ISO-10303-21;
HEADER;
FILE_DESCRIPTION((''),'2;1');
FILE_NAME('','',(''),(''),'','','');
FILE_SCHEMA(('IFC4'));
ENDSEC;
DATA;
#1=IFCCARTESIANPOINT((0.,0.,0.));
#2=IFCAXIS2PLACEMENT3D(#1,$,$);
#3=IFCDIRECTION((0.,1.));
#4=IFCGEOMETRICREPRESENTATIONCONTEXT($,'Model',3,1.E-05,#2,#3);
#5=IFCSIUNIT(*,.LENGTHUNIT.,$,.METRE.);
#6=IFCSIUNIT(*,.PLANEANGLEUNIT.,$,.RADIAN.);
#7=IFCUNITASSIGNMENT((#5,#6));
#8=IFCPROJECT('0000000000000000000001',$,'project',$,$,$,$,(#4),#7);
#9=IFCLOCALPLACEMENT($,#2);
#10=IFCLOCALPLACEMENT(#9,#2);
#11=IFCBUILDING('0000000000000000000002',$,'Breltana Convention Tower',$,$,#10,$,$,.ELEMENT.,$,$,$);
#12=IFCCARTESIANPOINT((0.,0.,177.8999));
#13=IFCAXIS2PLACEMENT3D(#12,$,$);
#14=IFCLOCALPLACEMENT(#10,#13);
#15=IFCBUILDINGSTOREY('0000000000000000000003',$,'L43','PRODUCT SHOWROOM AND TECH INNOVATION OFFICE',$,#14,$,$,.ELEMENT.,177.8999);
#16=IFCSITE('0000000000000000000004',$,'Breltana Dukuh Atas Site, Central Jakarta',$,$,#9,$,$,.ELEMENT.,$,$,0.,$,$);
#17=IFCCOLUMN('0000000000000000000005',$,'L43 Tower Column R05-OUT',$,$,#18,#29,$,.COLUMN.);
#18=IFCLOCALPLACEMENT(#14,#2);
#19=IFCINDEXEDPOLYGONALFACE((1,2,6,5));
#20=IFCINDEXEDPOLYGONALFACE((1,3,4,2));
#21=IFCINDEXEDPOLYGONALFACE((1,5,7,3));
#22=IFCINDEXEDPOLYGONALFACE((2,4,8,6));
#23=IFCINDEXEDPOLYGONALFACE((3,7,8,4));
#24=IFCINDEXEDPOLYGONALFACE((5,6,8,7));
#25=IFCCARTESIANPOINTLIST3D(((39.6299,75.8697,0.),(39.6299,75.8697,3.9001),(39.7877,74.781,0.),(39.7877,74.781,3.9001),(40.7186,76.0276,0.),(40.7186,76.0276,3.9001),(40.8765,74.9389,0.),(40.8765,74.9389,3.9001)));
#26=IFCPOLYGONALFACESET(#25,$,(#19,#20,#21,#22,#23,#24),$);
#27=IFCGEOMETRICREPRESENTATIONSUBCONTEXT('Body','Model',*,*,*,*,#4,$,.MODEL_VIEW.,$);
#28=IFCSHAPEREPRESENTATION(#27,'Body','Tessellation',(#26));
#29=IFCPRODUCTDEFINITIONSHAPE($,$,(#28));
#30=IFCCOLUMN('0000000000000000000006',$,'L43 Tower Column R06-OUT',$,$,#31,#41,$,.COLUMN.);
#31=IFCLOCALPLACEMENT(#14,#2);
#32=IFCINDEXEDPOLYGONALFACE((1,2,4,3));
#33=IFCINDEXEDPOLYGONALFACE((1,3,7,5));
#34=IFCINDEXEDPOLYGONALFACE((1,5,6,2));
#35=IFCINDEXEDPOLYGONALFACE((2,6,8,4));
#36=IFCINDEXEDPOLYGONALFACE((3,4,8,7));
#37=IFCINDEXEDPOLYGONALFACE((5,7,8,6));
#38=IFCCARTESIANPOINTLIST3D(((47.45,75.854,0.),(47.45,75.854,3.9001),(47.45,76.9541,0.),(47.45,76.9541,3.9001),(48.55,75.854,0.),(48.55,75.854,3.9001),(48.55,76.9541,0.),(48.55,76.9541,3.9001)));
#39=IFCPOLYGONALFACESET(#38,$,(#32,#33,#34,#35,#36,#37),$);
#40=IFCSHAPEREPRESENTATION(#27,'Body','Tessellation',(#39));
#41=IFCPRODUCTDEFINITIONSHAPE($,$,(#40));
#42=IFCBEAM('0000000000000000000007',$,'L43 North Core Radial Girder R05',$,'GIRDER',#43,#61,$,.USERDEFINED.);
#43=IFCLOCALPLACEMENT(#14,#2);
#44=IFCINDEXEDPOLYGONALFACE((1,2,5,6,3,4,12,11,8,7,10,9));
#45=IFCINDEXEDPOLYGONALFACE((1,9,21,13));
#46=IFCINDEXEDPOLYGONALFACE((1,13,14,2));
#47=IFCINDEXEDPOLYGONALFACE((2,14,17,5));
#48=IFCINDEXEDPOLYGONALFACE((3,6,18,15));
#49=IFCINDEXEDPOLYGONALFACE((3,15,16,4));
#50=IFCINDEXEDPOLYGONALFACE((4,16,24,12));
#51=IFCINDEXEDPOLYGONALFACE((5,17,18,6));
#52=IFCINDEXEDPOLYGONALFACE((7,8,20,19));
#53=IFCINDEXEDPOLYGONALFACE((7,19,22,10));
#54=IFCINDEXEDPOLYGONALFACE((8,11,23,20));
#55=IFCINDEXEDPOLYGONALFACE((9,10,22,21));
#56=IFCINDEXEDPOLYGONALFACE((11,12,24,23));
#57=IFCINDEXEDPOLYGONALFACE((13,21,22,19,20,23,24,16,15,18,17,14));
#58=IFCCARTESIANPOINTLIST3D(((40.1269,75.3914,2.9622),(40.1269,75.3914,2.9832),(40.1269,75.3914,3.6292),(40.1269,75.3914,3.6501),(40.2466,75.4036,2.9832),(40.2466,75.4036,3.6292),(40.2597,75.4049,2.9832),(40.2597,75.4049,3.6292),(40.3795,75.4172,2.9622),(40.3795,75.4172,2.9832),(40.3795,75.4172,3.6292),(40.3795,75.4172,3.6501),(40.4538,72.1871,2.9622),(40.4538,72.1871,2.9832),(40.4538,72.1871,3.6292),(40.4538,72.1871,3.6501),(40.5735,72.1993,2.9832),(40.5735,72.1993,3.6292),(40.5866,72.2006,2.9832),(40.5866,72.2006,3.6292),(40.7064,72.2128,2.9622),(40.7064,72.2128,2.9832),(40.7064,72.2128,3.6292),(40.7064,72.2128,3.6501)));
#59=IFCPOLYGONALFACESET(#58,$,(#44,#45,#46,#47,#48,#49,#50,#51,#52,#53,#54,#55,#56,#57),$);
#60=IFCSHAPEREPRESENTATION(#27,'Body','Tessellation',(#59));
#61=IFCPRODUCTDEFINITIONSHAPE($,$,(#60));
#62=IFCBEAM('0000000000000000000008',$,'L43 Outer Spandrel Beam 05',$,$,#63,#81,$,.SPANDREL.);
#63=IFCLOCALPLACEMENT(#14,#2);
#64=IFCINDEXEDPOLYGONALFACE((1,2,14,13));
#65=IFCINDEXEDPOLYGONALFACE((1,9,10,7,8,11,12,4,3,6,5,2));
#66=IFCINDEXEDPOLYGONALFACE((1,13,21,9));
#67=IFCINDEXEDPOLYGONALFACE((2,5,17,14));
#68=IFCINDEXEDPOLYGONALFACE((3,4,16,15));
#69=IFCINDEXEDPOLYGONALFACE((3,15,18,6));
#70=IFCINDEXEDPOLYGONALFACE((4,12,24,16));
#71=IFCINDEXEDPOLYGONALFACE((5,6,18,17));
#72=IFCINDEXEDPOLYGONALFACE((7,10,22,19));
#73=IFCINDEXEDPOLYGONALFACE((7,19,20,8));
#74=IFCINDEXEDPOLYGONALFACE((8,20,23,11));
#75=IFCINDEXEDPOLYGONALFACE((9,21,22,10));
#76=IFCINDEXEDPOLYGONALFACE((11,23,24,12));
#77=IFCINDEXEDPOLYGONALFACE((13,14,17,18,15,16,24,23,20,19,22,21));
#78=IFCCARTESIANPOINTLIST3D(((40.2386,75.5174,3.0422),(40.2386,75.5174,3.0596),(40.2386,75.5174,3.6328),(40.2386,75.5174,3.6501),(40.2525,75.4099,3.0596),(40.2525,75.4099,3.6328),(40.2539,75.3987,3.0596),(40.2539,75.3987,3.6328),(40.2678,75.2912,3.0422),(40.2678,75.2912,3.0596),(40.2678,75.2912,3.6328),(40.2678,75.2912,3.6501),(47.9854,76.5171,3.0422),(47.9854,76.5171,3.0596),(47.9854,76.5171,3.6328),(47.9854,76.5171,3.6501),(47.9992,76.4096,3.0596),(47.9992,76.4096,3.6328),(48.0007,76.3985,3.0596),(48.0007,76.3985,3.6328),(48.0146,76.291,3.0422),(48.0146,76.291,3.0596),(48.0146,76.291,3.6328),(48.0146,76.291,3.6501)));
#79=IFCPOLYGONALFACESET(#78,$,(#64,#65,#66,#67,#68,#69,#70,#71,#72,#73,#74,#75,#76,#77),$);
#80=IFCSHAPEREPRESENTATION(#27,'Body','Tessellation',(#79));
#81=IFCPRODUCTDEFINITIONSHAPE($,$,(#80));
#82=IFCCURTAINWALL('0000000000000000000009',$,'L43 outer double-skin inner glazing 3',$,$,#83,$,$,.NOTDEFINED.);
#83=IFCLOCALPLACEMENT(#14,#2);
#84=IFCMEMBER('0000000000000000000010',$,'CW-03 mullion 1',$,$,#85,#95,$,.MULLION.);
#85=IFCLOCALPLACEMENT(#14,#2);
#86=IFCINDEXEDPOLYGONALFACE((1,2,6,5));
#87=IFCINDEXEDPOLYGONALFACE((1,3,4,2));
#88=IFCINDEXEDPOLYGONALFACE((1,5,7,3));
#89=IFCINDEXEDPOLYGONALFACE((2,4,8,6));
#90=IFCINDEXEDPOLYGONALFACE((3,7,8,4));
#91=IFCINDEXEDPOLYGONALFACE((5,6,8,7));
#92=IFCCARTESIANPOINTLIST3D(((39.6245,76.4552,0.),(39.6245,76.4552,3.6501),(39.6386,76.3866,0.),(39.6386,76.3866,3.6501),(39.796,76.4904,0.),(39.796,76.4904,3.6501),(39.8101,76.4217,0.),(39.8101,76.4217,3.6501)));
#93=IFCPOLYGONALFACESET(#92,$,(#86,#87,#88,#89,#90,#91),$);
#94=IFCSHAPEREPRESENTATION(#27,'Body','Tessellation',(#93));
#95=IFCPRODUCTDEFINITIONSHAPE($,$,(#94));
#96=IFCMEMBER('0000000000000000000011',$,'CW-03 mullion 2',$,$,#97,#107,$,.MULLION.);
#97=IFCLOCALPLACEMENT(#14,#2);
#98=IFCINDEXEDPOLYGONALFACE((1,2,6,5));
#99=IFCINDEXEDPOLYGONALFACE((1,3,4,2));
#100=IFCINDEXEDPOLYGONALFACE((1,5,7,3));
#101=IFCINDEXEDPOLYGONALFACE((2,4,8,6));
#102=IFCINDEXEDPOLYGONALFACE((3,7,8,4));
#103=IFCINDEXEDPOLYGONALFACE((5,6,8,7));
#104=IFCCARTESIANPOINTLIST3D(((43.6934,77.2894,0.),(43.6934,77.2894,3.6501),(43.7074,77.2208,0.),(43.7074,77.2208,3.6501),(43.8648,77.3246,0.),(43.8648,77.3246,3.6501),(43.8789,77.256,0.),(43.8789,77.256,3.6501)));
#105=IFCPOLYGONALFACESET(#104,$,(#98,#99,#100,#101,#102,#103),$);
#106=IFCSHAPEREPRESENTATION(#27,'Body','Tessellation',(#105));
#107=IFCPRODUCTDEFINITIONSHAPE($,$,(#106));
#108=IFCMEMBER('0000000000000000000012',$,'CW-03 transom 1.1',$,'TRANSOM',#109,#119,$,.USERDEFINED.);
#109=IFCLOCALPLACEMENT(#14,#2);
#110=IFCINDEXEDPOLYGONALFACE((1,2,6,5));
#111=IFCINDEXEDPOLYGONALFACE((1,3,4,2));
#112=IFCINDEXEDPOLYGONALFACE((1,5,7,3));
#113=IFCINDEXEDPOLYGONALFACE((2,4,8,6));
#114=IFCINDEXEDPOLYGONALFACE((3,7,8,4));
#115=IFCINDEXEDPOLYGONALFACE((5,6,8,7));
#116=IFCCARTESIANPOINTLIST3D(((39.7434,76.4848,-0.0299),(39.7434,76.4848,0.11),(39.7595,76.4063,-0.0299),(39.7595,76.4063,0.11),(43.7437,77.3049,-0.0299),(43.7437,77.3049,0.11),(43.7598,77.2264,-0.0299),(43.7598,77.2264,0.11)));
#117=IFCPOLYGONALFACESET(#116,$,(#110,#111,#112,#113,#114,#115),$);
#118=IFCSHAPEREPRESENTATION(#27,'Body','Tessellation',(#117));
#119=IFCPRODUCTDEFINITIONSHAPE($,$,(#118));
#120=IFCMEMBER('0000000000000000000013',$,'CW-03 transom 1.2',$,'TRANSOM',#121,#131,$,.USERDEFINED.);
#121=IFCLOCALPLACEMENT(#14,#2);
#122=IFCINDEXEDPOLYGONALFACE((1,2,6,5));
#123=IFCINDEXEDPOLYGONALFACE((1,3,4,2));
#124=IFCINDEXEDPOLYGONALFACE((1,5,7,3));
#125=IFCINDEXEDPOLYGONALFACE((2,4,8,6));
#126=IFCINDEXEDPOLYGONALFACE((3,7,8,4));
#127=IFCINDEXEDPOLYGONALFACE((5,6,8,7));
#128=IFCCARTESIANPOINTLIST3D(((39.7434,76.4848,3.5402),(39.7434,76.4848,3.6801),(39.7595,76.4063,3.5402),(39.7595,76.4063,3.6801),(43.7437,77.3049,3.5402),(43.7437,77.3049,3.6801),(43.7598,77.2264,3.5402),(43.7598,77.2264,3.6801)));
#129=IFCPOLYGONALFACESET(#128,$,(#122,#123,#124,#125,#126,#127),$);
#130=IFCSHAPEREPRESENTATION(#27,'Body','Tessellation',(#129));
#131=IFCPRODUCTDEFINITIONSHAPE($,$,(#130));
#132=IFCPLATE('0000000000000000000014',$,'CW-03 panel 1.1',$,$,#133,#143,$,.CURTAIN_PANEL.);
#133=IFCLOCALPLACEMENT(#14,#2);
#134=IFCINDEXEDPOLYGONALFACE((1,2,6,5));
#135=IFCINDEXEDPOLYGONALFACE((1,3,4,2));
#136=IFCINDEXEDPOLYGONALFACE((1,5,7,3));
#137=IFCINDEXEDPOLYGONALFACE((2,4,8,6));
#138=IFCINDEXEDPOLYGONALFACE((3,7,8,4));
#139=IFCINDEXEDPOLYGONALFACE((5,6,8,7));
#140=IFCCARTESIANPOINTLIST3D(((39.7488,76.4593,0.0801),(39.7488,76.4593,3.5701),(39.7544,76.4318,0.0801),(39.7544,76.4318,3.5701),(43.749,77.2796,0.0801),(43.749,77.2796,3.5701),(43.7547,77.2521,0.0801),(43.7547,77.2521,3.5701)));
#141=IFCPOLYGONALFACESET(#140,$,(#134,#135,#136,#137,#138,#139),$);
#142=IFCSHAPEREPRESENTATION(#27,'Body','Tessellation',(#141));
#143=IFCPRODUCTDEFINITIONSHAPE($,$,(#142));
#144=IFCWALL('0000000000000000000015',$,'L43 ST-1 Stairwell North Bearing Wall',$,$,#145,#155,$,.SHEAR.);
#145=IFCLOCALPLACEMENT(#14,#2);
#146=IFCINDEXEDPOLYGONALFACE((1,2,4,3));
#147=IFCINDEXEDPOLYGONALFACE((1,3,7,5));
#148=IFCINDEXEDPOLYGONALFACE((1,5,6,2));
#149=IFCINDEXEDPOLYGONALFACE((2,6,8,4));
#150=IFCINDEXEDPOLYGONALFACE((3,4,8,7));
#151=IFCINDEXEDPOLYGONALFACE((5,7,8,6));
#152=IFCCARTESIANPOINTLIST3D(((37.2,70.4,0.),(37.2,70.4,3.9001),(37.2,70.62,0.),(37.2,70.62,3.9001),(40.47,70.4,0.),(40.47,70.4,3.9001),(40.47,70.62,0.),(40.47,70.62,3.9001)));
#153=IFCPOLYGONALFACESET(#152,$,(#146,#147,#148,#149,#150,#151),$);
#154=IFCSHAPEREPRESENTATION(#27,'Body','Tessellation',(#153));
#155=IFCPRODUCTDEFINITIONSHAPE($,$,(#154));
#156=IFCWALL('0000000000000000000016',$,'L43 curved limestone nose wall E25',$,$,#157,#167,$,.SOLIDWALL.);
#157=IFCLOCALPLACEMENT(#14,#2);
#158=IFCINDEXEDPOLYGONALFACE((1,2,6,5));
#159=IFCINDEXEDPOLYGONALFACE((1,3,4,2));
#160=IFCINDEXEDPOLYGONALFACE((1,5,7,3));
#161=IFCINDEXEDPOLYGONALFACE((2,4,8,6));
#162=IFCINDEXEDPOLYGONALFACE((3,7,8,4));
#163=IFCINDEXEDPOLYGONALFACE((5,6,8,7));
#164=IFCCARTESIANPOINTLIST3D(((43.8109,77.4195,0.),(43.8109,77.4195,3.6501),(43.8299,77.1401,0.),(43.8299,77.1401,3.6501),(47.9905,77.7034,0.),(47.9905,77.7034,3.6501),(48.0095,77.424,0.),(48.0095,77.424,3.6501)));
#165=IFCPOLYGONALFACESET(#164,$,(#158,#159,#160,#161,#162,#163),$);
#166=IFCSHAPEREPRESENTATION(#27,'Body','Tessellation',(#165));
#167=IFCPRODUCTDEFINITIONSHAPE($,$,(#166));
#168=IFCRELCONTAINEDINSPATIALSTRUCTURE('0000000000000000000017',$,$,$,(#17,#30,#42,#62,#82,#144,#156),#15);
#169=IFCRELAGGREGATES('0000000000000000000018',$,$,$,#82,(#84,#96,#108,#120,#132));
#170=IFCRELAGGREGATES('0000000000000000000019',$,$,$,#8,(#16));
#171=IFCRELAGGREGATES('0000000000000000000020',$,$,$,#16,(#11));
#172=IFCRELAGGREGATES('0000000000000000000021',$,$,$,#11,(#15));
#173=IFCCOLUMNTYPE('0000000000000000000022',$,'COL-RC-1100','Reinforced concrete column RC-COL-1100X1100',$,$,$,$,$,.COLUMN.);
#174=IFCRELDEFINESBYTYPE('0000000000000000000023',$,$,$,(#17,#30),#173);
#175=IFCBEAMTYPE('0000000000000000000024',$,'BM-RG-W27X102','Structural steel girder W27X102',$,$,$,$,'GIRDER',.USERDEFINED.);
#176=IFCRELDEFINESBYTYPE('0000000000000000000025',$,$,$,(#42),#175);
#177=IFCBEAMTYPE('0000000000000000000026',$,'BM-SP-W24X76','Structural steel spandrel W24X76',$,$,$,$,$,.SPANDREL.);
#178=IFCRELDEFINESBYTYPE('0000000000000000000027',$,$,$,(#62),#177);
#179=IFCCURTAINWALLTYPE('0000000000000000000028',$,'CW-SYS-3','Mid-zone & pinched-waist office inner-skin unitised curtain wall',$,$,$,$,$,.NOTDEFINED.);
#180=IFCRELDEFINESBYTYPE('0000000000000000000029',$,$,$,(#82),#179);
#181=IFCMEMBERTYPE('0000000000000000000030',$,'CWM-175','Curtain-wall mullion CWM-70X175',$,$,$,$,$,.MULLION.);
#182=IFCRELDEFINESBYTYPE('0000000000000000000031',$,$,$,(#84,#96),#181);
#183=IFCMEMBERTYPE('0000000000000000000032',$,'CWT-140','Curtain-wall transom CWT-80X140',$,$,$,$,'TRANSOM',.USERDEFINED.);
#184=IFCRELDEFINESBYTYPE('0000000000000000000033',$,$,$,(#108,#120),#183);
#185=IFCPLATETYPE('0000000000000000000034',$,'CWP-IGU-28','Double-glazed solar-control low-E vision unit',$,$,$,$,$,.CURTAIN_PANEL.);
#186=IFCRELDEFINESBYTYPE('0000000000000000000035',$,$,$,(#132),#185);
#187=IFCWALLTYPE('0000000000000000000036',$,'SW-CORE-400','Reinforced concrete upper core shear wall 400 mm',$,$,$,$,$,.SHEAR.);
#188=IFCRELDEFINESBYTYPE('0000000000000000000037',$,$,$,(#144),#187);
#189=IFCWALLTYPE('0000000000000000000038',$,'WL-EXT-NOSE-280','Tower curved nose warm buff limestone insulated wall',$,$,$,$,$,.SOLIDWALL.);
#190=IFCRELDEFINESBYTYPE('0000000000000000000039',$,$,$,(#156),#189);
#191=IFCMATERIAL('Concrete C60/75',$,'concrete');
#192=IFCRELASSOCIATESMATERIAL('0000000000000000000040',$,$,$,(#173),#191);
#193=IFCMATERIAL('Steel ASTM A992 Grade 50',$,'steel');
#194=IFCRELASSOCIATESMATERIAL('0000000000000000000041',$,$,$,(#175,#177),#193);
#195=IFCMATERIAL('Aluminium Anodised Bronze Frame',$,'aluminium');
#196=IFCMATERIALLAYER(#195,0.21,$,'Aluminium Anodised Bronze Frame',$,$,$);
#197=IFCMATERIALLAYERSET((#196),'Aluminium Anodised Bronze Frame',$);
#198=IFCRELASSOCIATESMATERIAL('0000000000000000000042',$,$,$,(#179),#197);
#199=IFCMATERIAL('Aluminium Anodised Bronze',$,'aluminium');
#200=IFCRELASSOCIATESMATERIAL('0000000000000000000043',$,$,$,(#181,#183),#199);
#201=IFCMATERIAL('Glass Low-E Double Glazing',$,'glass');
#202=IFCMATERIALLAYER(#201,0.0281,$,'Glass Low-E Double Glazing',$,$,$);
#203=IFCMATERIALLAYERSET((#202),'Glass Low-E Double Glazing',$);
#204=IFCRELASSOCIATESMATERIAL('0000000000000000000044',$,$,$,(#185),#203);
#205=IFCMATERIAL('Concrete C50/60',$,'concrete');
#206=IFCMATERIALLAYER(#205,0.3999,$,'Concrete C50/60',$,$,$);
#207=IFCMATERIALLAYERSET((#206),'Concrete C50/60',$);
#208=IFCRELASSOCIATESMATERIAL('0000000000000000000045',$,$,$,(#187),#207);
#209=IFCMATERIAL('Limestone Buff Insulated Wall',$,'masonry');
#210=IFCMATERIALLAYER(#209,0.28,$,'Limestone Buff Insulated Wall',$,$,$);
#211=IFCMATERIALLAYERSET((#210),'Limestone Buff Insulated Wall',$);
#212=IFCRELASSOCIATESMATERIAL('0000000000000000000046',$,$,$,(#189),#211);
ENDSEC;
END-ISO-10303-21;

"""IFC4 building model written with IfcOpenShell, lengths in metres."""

from ifc_helpers import new_model, si_unit, direction, frame, frame_2d, origin, origin_2d, place, context, subcontext, project, spatial, rectangle, i_section, extrude, source, transform, mapped, material, layer, layer_set, material_profile, profile_set, type_object, element, aggregate, save


model = new_model("IFC4")

# Units and contexts
model_context = context("Model", 3, precision=1e-05, world=origin(), true_north=direction((0.0, 1.0)))
body_context = subcontext(model_context, "Body", "Model", "MODEL_VIEW")
ifc_project = project(units=[si_unit("LENGTHUNIT", "METRE"), si_unit("PLANEANGLEUNIT", "RADIAN")], contexts=[model_context])

# Site, building, storey
site_placement = place(None, origin())
site = spatial("IfcSite", under=ifc_project, at=site_placement, Name="Breltana Dukuh Atas Site, Central Jakarta", CompositionType="ELEMENT", RefElevation=0.0)
building_placement = place(site_placement, origin())
building = spatial("IfcBuilding", under=site, at=building_placement, Name="Breltana Convention Tower", CompositionType="ELEMENT")
storey_placement = place(building_placement, frame((0.0, 0.0, 177.8999)))
storey = spatial("IfcBuildingStorey", under=building, at=storey_placement, Name="L43", Description="PRODUCT SHOWROOM AND TECH INNOVATION OFFICE", CompositionType="ELEMENT", Elevation=177.8999)

# Columns
ifc_material_1 = material(Name="Concrete C60/75", Category="concrete")
ifc_material_profile_1 = material_profile(ifc_material_1, rectangle(XDim=1.1001, YDim=1.1001, at=origin_2d()), Name="RC-COL-1100X1100")
ifc_profile_set_1 = profile_set([ifc_material_profile_1], Name="Concrete C60/75")
column_type = type_object("IfcColumnType", Name="COL-RC-1100", Description="Reinforced concrete column RC-COL-1100X1100", PredefinedType="COLUMN", material=ifc_profile_set_1)
shared_shape_1 = source(origin(), body_context, "Body", "SweptSolid", [
    extrude(rectangle(XDim=1.1001, YDim=1.1001, at=origin_2d()), origin(), (0.0, 0.0, 1.0), 3.9001),
])
for number, where, z_axis, x_axis, name in (
    (1, (40.2532, 75.4043, 0.0), (0.0, 0.0, 1.0), (-0.143493, 0.989651, 0.0), "L43 Tower Column R05-OUT"),
    (2, (48.0, 76.4041, 0.0), (0.0, 0.0, 1.0), (0.0, 1.0, 0.0), "L43 Tower Column R06-OUT"),
):
    element("IfcColumn", number, at=place(storey_placement, frame(where, z_axis=z_axis, x_axis=x_axis)), inside=storey, type_object=column_type, Name=name, PredefinedType="COLUMN", context=body_context, shape_type="MappedRepresentation", body=[
        mapped(shared_shape_1, transform((0.0, 0.0, 0.0), scale=1.0)),
    ])

# Beams
ifc_material_2 = material(Name="Steel ASTM A992 Grade 50", Category="steel")
ifc_material_profile_2 = material_profile(ifc_material_2, i_section(OverallWidth=0.2539, OverallDepth=0.688, WebThickness=0.0132, FlangeThickness=0.021, at=origin_2d()), Name="W27X102")
ifc_profile_set_2 = profile_set([ifc_material_profile_2], Name="Steel ASTM A992 Grade 50")
beam_type_1 = type_object("IfcBeamType", Name="BM-RG-W27X102", Description="Structural steel girder W27X102", ElementType="GIRDER", PredefinedType="USERDEFINED", material=ifc_profile_set_2)
shared_shape_2 = source(origin(), body_context, "Body", "SweptSolid", [
    extrude(i_section(OverallWidth=0.2539, OverallDepth=0.688, WebThickness=0.0132, FlangeThickness=0.021, at=origin_2d()), origin(), (0.0, 0.0, 1.0), 3.2209),
])
beam_1_placement = place(storey_placement, frame((40.5801, 72.2, 3.3062), z_axis=(-0.101492, 0.994836, 0.0), x_axis=(-0.994836, -0.101492, 0.0)))
element("IfcBeam", 3, at=beam_1_placement, inside=storey, type_object=beam_type_1, Name="L43 North Core Radial Girder R05", ObjectType="GIRDER", PredefinedType="USERDEFINED", context=body_context, shape_type="MappedRepresentation", body=[
    mapped(shared_shape_2, transform((0.0, 0.0, 0.0), scale=1.0)),
])
ifc_material_profile_3 = material_profile(ifc_material_2, i_section(OverallWidth=0.228, OverallDepth=0.6079, WebThickness=0.0112, FlangeThickness=0.0173, at=origin_2d()), Name="W24X76")
ifc_profile_set_3 = profile_set([ifc_material_profile_3], Name="Steel ASTM A992 Grade 50")
beam_type_2 = type_object("IfcBeamType", Name="BM-SP-W24X76", Description="Structural steel spandrel W24X76", PredefinedType="SPANDREL", material=ifc_profile_set_3)
shared_shape_3 = source(origin(), body_context, "Body", "SweptSolid", [
    extrude(i_section(OverallWidth=0.228, OverallDepth=0.6079, WebThickness=0.0112, FlangeThickness=0.0173, at=origin_2d()), origin(), (0.0, 0.0, 1.0), 7.811),
])
beam_2_placement = place(storey_placement, frame((40.2532, 75.4043, 3.3462), z_axis=(0.991775, 0.127992, 0.0), x_axis=(-0.127992, 0.991775, 0.0)))
element("IfcBeam", 4, at=beam_2_placement, inside=storey, type_object=beam_type_2, Name="L43 Outer Spandrel Beam 05", PredefinedType="SPANDREL", context=body_context, shape_type="MappedRepresentation", body=[
    mapped(shared_shape_3, transform((0.0, 0.0, 0.0), scale=1.0)),
])

# Curtain wall, members, plate
ifc_material_3 = material(Name="Aluminium Anodised Bronze Frame", Category="aluminium")
ifc_layer_1 = layer(ifc_material_3, 0.21, Name="Aluminium Anodised Bronze Frame")
ifc_layer_set_1 = layer_set([ifc_layer_1], Name="Aluminium Anodised Bronze Frame")
curtain_wall_type = type_object("IfcCurtainWallType", Name="CW-SYS-3", Description="Mid-zone & pinched-waist office inner-skin unitised curtain wall", PredefinedType="NOTDEFINED", material=ifc_layer_set_1)
curtain_wall_placement = place(storey_placement, origin())
curtain_wall = element("IfcCurtainWall", 5, at=curtain_wall_placement, inside=storey, type_object=curtain_wall_type, Name="L43 outer double-skin inner glazing 3", PredefinedType="NOTDEFINED")
ifc_material_4 = material(Name="Aluminium Anodised Bronze", Category="aluminium")
ifc_material_profile_4 = material_profile(ifc_material_4, rectangle(XDim=0.0701, YDim=0.175, at=origin_2d()), Name="CWM-70X175")
ifc_profile_set_4 = profile_set([ifc_material_profile_4], Name="Aluminium Anodised Bronze")
member_type_1 = type_object("IfcMemberType", Name="CWM-175", Description="Curtain-wall mullion CWM-70X175", PredefinedType="MULLION", material=ifc_profile_set_4)
shared_shape_4 = source(origin(), body_context, "Body", "SweptSolid", [
    extrude(rectangle(XDim=0.0701, YDim=0.175, at=origin_2d()), origin(), (0.0, 0.0, 1.0), 3.6501),
])
member_1_placement = place(storey_placement, frame((39.7173, 76.4385, 0.0), z_axis=(0.0, 0.0, 1.0), x_axis=(-0.200877, 0.979617, 0.0)))
member_1 = element("IfcMember", 6, at=member_1_placement, type_object=member_type_1, Name="CW-03 mullion 1", PredefinedType="MULLION", context=body_context, shape_type="MappedRepresentation", body=[
    mapped(shared_shape_4, transform((0.0, 0.0, 0.0), scale=1.0)),
])
member_2_placement = place(storey_placement, frame((43.7861, 77.2727, 0.0), z_axis=(0.0, 0.0, 1.0), x_axis=(-0.200877, 0.979617, 0.0)))
member_2 = element("IfcMember", 7, at=member_2_placement, type_object=member_type_1, Name="CW-03 mullion 2", PredefinedType="MULLION", context=body_context, shape_type="MappedRepresentation", body=[
    mapped(shared_shape_4, transform((0.0, 0.0, 0.0), scale=1.0)),
])
ifc_material_profile_5 = material_profile(ifc_material_4, rectangle(XDim=0.0801, YDim=0.1399, at=origin_2d()), Name="CWT-80X140")
ifc_profile_set_5 = profile_set([ifc_material_profile_5], Name="Aluminium Anodised Bronze")
member_type_2 = type_object("IfcMemberType", Name="CWT-140", Description="Curtain-wall transom CWT-80X140", ElementType="TRANSOM", PredefinedType="USERDEFINED", material=ifc_profile_set_5)
shared_shape_5 = source(origin(), body_context, "Body", "SweptSolid", [
    extrude(rectangle(XDim=0.0801, YDim=0.1399, at=origin_2d()), origin(), (0.0, 0.0, 1.0), 4.0835),
])
member_3_placement = place(storey_placement, frame((39.7515, 76.4456, 0.04), z_axis=(0.979627, 0.200828, 0.0), x_axis=(-0.200828, 0.979627, 0.0)))
member_3 = element("IfcMember", 8, at=member_3_placement, type_object=member_type_2, Name="CW-03 transom 1.1", ObjectType="TRANSOM", PredefinedType="USERDEFINED", context=body_context, shape_type="MappedRepresentation", body=[
    mapped(shared_shape_5, transform((0.0, 0.0, 0.0), scale=1.0)),
])
member_4_placement = place(storey_placement, frame((39.7515, 76.4456, 3.6101), z_axis=(0.979627, 0.200828, 0.0), x_axis=(-0.200828, 0.979627, 0.0)))
member_4 = element("IfcMember", 9, at=member_4_placement, type_object=member_type_2, Name="CW-03 transom 1.2", ObjectType="TRANSOM", PredefinedType="USERDEFINED", context=body_context, shape_type="MappedRepresentation", body=[
    mapped(shared_shape_5, transform((0.0, 0.0, 0.0), scale=1.0)),
])
ifc_material_5 = material(Name="Glass Low-E Double Glazing", Category="glass")
ifc_layer_2 = layer(ifc_material_5, 0.0281, Name="Glass Low-E Double Glazing")
ifc_layer_set_2 = layer_set([ifc_layer_2], Name="Glass Low-E Double Glazing")
plate_type = type_object("IfcPlateType", Name="CWP-IGU-28", Description="Double-glazed solar-control low-E vision unit", PredefinedType="CURTAIN_PANEL", material=ifc_layer_set_2)
shared_shape_6 = source(origin(), body_context, "Body", "SweptSolid", [
    extrude(rectangle(XDim=4.0835, YDim=0.0281, at=origin_2d()), origin(), (0.0, 0.0, 1.0), 3.49),
])
plate_placement = place(storey_placement, frame((41.7517, 76.8557, 0.0801), z_axis=(0.0, 0.0, 1.0), x_axis=(0.979617, 0.200877, 0.0)))
plate = element("IfcPlate", 10, at=plate_placement, type_object=plate_type, Name="CW-03 panel 1.1", PredefinedType="CURTAIN_PANEL", context=body_context, shape_type="MappedRepresentation", body=[
    mapped(shared_shape_6, transform((0.0, 0.0, 0.0), scale=1.0)),
])
aggregate(curtain_wall, [member_1, member_2, member_3, member_4, plate])

# Walls
ifc_material_6 = material(Name="Concrete C50/60", Category="concrete")
ifc_layer_3 = layer(ifc_material_6, 0.3999, Name="Concrete C50/60")
ifc_layer_set_3 = layer_set([ifc_layer_3], Name="Concrete C50/60")
wall_type_1 = type_object("IfcWallType", Name="SW-CORE-400", Description="Reinforced concrete upper core shear wall 400 mm", PredefinedType="SHEAR", material=ifc_layer_set_3)
shared_shape_7 = source(origin(), body_context, "Body", "SweptSolid", [
    extrude(rectangle(XDim=3.27, YDim=0.22, at=frame_2d((1.635, 0.0))), origin(), (0.0, 0.0, 1.0), 3.9001),
])
wall_1_placement = place(storey_placement, frame((37.2, 70.51, 0.0), z_axis=(0.0, 0.0, 1.0), x_axis=(1.0, 0.0, 0.0)))
element("IfcWall", 11, at=wall_1_placement, inside=storey, type_object=wall_type_1, Name="L43 ST-1 Stairwell North Bearing Wall", PredefinedType="SHEAR", context=body_context, shape_type="MappedRepresentation", body=[
    mapped(shared_shape_7, transform((0.0, 0.0, 0.0), scale=1.0)),
])
ifc_material_7 = material(Name="Limestone Buff Insulated Wall", Category="masonry")
ifc_layer_4 = layer(ifc_material_7, 0.28, Name="Limestone Buff Insulated Wall")
ifc_layer_set_4 = layer_set([ifc_layer_4], Name="Limestone Buff Insulated Wall")
wall_type_2 = type_object("IfcWallType", Name="WL-EXT-NOSE-280", Description="Tower curved nose warm buff limestone insulated wall", PredefinedType="SOLIDWALL", material=ifc_layer_set_4)
shared_shape_8 = source(origin(), body_context, "Body", "SweptSolid", [
    extrude(rectangle(XDim=4.1892, YDim=0.28, at=frame_2d((2.0947, 0.0))), origin(), (0.0, 0.0, 1.0), 3.6501),
])
wall_2_placement = place(storey_placement, frame((43.8203, 77.2798, 0.0), z_axis=(0.0, 0.0, 1.0), x_axis=(0.997701, 0.067776, 0.0)))
element("IfcWall", 12, at=wall_2_placement, inside=storey, type_object=wall_type_2, Name="L43 curved limestone nose wall E25", PredefinedType="SOLIDWALL", context=body_context, shape_type="MappedRepresentation", body=[
    mapped(shared_shape_8, transform((0.0, 0.0, 0.0), scale=1.0)),
])

save(model, "model.ifc")
